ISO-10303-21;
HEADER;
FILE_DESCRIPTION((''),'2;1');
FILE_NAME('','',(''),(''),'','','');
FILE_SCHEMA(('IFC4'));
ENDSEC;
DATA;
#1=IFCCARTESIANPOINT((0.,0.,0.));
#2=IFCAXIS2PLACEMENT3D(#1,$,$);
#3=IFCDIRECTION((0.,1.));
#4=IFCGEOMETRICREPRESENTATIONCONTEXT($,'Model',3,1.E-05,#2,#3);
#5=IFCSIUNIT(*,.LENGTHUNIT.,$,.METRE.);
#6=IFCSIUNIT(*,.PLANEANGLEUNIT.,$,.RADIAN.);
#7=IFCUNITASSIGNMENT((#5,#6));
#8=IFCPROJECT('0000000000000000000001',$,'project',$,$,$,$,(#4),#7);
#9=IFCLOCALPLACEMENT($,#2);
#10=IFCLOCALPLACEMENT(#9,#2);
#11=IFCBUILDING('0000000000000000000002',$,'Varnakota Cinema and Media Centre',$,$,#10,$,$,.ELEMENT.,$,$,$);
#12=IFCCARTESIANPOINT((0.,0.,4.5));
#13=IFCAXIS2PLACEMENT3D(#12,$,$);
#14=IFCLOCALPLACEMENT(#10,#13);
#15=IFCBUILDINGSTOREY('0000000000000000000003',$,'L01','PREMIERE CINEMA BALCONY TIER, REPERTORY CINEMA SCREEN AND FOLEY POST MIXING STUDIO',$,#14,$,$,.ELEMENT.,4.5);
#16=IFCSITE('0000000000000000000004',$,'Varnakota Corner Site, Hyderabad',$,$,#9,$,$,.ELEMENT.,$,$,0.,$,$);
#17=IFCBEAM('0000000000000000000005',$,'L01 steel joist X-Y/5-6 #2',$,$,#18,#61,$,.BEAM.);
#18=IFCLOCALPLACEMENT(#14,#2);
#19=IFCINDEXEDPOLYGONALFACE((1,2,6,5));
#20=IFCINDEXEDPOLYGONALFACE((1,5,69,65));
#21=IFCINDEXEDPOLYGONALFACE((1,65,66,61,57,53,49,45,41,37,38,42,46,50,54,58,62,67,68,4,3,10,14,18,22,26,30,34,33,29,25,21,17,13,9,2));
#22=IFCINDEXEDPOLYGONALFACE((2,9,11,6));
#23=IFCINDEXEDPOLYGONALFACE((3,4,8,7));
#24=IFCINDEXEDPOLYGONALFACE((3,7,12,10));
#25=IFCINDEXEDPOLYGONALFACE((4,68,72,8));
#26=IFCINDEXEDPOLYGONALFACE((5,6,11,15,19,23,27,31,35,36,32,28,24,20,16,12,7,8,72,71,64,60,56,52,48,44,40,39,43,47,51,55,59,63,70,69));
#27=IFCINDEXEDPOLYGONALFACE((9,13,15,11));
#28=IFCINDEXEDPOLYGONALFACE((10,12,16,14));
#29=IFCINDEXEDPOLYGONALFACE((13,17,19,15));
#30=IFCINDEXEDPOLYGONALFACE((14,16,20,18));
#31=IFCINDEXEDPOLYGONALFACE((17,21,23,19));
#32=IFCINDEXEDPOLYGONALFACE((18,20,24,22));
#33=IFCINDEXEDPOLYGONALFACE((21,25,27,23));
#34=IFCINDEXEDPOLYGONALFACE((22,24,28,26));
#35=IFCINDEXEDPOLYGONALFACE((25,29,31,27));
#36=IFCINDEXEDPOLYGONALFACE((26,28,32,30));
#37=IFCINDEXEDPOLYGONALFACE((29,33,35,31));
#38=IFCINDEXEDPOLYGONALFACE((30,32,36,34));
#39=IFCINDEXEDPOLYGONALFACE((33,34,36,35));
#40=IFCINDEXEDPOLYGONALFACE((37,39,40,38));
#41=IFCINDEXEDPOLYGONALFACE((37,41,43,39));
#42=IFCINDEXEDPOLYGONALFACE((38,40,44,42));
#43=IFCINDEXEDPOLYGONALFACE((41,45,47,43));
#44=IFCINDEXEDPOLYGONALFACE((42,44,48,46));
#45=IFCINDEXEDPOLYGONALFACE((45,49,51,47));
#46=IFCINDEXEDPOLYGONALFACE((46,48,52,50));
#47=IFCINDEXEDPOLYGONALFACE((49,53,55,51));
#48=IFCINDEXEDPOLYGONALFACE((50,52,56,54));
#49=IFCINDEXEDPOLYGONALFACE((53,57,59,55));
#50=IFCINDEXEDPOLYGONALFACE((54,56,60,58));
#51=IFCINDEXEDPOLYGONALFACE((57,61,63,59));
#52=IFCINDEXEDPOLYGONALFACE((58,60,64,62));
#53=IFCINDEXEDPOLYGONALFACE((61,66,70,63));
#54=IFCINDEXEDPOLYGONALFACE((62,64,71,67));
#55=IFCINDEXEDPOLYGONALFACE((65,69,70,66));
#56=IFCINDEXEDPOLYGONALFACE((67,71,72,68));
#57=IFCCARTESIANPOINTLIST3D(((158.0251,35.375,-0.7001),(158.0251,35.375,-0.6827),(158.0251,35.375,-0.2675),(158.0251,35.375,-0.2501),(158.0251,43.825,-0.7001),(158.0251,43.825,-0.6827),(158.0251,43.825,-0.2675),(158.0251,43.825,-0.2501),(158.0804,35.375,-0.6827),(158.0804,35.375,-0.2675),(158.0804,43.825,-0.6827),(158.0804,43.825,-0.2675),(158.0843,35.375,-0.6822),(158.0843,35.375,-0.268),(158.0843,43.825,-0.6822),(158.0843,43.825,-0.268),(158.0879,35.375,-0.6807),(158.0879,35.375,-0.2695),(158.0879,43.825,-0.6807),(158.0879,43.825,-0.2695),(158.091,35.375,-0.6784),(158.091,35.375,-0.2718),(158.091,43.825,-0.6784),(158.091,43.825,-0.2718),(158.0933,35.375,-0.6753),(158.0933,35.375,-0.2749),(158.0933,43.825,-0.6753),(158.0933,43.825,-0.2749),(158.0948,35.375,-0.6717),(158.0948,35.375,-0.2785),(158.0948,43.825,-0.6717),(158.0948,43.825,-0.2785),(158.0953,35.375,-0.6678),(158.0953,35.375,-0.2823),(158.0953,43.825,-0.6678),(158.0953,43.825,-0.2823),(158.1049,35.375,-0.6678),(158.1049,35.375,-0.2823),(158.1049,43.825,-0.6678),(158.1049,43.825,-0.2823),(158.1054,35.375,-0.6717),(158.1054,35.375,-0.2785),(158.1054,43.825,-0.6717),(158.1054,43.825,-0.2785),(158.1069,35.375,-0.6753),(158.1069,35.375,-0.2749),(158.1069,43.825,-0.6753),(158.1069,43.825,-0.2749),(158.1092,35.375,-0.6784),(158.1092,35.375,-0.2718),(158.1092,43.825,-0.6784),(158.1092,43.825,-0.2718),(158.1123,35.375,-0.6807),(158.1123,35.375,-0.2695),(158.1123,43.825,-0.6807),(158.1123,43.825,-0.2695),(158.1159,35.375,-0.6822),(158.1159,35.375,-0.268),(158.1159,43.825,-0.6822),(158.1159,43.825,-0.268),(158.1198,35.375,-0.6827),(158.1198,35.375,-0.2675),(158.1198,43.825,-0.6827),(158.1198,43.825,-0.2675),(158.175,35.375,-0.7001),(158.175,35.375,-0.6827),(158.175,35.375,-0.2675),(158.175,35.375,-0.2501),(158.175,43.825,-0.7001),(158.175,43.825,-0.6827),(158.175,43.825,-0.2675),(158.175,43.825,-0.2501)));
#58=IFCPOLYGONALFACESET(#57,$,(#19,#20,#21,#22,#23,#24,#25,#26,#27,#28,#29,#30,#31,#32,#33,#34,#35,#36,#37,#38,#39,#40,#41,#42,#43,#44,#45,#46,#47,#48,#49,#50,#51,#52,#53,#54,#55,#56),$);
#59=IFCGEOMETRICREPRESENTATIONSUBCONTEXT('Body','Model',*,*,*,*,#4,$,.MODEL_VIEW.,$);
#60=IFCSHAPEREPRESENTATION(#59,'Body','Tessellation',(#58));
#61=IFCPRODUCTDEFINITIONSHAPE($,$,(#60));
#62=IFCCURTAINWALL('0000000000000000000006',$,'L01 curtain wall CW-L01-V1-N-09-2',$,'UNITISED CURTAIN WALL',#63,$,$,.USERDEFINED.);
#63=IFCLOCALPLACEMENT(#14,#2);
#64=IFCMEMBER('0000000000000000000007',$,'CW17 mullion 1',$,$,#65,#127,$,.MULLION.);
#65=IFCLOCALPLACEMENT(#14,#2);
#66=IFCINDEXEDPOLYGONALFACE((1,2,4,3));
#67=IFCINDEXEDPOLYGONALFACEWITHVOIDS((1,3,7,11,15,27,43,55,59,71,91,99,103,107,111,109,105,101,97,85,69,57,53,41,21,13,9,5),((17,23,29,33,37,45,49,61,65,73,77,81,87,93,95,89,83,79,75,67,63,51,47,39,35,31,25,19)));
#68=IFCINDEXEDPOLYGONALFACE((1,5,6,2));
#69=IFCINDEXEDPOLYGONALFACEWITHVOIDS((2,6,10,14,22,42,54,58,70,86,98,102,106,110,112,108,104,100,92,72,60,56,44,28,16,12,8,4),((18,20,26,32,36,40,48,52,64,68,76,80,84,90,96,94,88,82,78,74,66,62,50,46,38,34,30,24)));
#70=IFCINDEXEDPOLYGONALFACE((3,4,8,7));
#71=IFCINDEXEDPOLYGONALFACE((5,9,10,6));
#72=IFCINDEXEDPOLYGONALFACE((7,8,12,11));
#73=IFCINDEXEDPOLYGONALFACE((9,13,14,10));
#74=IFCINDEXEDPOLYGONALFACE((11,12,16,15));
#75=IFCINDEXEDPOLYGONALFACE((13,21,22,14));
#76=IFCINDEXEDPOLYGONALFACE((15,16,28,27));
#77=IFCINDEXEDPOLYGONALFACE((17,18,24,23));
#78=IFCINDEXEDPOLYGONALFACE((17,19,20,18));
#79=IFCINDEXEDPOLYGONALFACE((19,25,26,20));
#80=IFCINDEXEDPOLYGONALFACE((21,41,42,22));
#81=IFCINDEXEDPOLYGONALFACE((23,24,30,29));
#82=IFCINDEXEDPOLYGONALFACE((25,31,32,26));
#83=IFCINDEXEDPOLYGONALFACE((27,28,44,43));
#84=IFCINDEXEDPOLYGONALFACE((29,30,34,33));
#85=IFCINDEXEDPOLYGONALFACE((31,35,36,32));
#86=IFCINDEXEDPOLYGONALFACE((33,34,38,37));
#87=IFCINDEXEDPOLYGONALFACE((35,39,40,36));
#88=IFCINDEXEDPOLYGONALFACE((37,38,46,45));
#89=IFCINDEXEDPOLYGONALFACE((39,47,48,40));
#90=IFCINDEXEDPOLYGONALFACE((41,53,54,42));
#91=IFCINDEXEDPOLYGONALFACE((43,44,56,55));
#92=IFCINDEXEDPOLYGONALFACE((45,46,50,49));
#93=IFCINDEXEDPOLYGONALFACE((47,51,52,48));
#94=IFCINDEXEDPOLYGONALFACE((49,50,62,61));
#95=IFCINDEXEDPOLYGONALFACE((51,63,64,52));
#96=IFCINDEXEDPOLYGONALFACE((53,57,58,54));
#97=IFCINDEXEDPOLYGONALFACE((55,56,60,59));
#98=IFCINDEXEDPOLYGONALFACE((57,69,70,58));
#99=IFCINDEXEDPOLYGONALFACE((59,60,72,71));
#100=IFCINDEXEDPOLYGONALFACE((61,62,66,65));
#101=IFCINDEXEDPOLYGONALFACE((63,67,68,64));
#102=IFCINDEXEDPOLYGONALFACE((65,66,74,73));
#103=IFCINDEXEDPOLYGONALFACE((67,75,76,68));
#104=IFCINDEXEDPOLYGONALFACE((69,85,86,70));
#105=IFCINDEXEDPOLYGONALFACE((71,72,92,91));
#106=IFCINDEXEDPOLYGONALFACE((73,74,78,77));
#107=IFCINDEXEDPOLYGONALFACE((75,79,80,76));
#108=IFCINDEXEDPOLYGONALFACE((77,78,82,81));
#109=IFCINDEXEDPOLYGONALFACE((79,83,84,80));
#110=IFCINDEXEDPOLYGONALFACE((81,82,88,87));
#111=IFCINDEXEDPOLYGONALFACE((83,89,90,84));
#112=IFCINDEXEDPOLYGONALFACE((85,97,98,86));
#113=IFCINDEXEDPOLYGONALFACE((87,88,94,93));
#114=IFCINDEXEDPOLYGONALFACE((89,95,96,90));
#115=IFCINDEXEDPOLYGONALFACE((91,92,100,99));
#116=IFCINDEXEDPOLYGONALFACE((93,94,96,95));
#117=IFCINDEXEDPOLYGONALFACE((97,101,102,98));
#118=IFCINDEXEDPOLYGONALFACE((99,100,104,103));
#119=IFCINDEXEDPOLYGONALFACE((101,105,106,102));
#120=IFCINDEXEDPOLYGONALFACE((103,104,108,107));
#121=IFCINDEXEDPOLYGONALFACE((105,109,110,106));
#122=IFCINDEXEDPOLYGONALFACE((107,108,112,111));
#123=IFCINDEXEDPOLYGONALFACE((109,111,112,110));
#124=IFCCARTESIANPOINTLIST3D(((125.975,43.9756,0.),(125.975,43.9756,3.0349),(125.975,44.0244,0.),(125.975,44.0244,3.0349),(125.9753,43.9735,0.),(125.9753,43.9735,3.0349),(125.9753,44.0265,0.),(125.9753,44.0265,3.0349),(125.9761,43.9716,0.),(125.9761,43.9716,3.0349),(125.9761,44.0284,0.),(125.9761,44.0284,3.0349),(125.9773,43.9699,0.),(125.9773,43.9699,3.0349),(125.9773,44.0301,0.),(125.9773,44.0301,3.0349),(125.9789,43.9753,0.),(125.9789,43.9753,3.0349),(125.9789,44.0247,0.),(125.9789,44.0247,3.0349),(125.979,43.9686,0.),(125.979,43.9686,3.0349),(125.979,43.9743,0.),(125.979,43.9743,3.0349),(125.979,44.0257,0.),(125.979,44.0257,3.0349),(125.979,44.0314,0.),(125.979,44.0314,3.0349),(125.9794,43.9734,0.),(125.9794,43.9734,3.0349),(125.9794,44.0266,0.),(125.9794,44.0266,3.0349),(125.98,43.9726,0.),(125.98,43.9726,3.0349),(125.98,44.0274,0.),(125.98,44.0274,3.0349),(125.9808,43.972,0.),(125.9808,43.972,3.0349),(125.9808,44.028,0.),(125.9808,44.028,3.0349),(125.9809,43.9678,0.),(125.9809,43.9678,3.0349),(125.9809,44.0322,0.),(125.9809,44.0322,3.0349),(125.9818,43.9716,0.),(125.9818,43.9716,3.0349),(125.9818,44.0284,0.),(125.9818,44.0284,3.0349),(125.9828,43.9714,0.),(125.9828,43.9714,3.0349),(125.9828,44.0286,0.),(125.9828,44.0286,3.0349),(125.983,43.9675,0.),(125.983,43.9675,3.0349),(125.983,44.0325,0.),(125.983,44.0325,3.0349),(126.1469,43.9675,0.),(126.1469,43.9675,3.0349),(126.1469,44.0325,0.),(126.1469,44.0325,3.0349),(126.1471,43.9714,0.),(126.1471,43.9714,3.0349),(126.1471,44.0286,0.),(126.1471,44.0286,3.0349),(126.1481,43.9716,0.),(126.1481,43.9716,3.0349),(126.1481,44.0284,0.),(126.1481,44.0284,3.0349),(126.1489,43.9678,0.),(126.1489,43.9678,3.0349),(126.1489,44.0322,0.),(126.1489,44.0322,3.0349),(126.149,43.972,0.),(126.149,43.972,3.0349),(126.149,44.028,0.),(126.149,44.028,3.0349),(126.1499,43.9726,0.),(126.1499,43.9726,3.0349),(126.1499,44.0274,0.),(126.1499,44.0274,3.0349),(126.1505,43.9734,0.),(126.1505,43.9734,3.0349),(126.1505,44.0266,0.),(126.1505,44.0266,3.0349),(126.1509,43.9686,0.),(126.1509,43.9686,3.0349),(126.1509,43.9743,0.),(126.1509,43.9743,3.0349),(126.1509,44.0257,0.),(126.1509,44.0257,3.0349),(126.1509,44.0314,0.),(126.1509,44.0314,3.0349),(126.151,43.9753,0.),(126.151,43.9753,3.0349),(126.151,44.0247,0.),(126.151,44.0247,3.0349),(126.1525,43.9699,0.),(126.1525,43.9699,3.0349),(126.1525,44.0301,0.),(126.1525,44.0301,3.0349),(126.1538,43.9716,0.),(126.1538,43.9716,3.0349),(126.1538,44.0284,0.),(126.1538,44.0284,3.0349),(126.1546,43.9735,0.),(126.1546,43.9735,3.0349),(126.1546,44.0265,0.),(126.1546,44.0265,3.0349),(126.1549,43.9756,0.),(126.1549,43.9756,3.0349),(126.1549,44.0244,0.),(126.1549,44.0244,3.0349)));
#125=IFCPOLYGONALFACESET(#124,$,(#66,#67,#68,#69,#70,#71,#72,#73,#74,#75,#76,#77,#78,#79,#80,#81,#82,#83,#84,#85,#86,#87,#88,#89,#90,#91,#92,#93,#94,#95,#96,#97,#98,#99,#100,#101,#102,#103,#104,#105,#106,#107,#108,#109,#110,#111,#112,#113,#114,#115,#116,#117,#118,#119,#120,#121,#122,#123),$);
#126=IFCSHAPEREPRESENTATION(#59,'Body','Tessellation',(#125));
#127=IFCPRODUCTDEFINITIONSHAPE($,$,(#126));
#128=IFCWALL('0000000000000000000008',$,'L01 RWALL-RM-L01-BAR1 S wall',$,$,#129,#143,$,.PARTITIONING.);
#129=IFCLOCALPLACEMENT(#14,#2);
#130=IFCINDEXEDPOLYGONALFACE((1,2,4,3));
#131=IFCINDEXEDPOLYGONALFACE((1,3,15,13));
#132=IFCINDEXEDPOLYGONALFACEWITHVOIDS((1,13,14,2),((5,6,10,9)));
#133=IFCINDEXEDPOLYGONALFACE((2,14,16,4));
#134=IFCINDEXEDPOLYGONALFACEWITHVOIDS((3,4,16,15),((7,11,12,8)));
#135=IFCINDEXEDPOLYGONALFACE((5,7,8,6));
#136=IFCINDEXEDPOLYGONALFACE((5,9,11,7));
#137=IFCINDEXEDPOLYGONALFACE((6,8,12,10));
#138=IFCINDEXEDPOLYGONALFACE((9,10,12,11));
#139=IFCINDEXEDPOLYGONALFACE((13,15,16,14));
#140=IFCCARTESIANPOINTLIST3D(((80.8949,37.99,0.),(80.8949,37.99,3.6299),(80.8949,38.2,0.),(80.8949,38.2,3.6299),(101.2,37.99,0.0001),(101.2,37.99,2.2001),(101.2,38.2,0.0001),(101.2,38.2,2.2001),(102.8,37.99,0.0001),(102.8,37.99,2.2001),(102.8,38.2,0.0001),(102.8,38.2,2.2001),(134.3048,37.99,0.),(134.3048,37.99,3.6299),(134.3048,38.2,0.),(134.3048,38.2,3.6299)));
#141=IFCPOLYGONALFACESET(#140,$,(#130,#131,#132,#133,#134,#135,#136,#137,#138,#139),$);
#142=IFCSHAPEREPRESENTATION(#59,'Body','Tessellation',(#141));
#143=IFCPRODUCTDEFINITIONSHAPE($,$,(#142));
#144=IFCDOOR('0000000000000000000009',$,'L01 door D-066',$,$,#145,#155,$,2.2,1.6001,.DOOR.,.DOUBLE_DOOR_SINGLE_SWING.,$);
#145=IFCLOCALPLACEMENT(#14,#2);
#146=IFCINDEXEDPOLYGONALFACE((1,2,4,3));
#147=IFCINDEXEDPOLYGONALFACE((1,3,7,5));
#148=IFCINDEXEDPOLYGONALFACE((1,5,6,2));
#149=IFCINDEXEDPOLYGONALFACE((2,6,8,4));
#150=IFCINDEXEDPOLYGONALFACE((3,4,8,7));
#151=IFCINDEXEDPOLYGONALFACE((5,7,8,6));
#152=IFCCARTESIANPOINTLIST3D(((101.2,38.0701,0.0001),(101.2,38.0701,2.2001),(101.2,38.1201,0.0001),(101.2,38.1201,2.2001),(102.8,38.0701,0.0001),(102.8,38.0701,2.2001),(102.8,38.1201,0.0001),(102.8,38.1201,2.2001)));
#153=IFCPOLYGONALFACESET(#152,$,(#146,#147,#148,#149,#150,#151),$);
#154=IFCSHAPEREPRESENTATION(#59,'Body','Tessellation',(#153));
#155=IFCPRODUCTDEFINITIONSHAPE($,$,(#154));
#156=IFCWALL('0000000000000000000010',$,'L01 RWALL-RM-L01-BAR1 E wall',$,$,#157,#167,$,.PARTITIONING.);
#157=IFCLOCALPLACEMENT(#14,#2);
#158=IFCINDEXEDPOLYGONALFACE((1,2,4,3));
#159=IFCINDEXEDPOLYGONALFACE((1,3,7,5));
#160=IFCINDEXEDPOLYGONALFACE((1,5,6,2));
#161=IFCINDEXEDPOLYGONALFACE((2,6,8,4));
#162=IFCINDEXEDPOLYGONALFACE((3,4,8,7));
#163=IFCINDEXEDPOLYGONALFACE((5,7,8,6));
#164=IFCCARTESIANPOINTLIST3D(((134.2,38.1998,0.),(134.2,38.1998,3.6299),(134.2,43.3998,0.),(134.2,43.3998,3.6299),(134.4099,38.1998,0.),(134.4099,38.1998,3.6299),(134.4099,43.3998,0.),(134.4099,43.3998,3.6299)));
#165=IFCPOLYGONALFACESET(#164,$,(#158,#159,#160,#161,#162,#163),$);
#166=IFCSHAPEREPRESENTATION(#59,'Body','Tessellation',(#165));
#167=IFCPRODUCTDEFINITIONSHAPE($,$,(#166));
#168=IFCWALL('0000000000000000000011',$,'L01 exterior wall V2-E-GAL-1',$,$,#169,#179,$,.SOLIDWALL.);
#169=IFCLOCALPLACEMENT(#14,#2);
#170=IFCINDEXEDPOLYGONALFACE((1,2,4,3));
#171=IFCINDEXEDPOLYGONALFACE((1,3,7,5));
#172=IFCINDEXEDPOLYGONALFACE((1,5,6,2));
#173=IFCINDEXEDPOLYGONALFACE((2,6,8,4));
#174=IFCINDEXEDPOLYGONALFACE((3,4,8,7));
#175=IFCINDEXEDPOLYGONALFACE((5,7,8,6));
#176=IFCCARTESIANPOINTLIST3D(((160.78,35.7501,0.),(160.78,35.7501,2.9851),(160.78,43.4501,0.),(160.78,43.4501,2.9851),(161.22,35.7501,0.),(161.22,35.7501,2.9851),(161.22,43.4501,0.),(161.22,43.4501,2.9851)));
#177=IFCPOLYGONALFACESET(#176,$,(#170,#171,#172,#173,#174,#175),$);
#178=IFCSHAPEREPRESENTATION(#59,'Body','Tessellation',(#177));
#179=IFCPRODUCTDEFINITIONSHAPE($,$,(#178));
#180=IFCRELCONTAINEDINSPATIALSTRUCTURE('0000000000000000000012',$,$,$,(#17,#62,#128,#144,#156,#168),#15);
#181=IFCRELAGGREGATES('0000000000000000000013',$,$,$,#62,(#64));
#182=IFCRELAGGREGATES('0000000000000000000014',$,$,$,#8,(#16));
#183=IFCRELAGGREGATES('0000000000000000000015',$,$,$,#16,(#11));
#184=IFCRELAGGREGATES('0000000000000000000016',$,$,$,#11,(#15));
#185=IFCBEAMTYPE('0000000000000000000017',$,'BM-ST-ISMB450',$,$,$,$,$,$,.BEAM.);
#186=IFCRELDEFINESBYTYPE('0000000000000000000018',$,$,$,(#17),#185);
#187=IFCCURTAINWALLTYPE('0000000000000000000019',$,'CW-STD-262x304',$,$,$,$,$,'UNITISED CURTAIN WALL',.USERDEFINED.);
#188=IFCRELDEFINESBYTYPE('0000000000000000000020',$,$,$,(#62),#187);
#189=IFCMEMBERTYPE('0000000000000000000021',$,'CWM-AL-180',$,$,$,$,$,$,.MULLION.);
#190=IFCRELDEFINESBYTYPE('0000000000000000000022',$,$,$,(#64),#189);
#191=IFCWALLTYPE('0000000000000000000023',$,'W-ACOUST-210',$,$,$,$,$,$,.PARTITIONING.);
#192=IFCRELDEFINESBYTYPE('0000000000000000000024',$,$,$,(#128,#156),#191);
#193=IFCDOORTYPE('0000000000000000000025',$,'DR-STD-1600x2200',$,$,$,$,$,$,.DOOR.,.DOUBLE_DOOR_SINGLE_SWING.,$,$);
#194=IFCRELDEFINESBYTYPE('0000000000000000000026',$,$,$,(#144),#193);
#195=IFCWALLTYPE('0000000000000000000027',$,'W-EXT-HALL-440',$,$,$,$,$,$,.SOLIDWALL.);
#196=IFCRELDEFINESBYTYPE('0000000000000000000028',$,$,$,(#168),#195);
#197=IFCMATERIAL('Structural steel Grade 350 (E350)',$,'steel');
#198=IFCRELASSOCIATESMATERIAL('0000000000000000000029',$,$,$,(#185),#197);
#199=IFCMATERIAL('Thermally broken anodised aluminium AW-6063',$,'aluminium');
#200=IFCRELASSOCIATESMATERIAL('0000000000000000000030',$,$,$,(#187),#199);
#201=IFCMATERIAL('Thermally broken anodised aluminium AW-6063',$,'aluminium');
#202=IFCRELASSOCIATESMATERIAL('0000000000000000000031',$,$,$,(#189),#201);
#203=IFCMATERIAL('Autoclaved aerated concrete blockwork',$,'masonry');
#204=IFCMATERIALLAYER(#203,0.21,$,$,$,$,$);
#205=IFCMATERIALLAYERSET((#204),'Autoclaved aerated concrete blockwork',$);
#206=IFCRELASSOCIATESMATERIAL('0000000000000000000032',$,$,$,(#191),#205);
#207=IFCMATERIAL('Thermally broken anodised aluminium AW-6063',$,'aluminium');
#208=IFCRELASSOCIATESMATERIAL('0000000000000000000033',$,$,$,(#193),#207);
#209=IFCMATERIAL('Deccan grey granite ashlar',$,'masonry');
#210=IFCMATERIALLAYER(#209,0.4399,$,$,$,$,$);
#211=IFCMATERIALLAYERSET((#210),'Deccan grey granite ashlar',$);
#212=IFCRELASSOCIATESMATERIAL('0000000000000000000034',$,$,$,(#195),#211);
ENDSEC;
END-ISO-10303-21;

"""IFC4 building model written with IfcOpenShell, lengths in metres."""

from ifc_helpers import new_model, si_unit, direction, frame, frame_2d, origin, origin_2d, place, context, subcontext, project, spatial, rectangle, hollow_rectangle, i_section, extrude, material, layer, layer_set, material_profile, profile_set, type_object, element, fill, aggregate, save


model = new_model("IFC4")

# Units and contexts
model_context = context("Model", 3, precision=1e-05, world=origin(), true_north=direction((0.0, 1.0)))
body_context = subcontext(model_context, "Body", "Model", "MODEL_VIEW")
ifc_project = project(units=[si_unit("LENGTHUNIT", "METRE"), si_unit("PLANEANGLEUNIT", "RADIAN")], contexts=[model_context])

# Site, building, storey
site_placement = place(None, origin())
site = spatial("IfcSite", under=ifc_project, at=site_placement, Name="Varnakota Corner Site, Hyderabad", CompositionType="ELEMENT", RefElevation=0.0)
building_placement = place(site_placement, origin())
building = spatial("IfcBuilding", under=site, at=building_placement, Name="Varnakota Cinema and Media Centre", CompositionType="ELEMENT")
storey_placement = place(building_placement, frame((0.0, 0.0, 4.5)))
storey = spatial("IfcBuildingStorey", under=building, at=storey_placement, Name="L01", Description="PREMIERE CINEMA BALCONY TIER, REPERTORY CINEMA SCREEN AND FOLEY POST MIXING STUDIO", CompositionType="ELEMENT", Elevation=4.5)

# Beam
ifc_material_1 = material(Name="Structural steel Grade 350 (E350)", Category="steel")
ifc_material_profile_1 = material_profile(ifc_material_1, i_section(OverallWidth=0.1499, OverallDepth=0.45, WebThickness=0.0095, FlangeThickness=0.0173, FilletRadius=0.0149, at=origin_2d()), Name="ISMB 450")
ifc_profile_set_1 = profile_set([ifc_material_profile_1], Name="Structural steel Grade 350 (E350)")
beam_type_1 = type_object("IfcBeamType", Name="BM-ST-ISMB450", PredefinedType="BEAM", material=ifc_profile_set_1)
for number, where, z_axis, x_axis, name in (
    (1, (158.1001, 35.375, -0.4751), (0.0, 1.0, 0.0), (-1.0, 0.0, 0.0), "L01 steel joist X-Y/5-6 #2"),
):
    element("IfcBeam", number, at=place(storey_placement, frame(where, z_axis=z_axis, x_axis=x_axis)), inside=storey, type_object=beam_type_1, Name=name, PredefinedType="BEAM", context=body_context, shape_type="SweptSolid", body=[
        extrude(i_section(OverallWidth=0.1499, OverallDepth=0.45, WebThickness=0.0095, FlangeThickness=0.0173, FilletRadius=0.0149, at=origin_2d()), origin(), (0.0, 0.0, 1.0), 8.45),
    ])

# Curtain wall, member
ifc_material_2 = material(Name="Thermally broken anodised aluminium AW-6063", Category="aluminium")
curtain_wall_type = type_object("IfcCurtainWallType", Name="CW-STD-262x304", ElementType="UNITISED CURTAIN WALL", PredefinedType="USERDEFINED", material=ifc_material_2)
curtain_wall_placement = place(storey_placement, origin())
curtain_wall = element("IfcCurtainWall", 2, at=curtain_wall_placement, inside=storey, type_object=curtain_wall_type, Name="L01 curtain wall CW-L01-V1-N-09-2", ObjectType="UNITISED CURTAIN WALL", PredefinedType="USERDEFINED")
ifc_material_3 = material(Name="Thermally broken anodised aluminium AW-6063", Category="aluminium")
ifc_material_profile_2 = material_profile(ifc_material_3, hollow_rectangle(XDim=0.0649, YDim=0.1799, WallThickness=0.0039, InnerFilletRadius=0.0039, OuterFilletRadius=0.0081, at=origin_2d()), Name="AL-MULLION 180x65x4")
ifc_profile_set_2 = profile_set([ifc_material_profile_2], Name="Thermally broken anodised aluminium AW-6063")
member_type = type_object("IfcMemberType", Name="CWM-AL-180", PredefinedType="MULLION", material=ifc_profile_set_2)
member_placement = place(storey_placement, frame((126.0649, 44.0, 0.0), z_axis=(0.0, 0.0, 1.0), x_axis=(0.0, 1.0, 0.0)))
member = element("IfcMember", 3, at=member_placement, type_object=member_type, Name="CW17 mullion 1", PredefinedType="MULLION", context=body_context, shape_type="SweptSolid", body=[
    extrude(hollow_rectangle(XDim=0.0649, YDim=0.1799, WallThickness=0.0039, InnerFilletRadius=0.0039, OuterFilletRadius=0.0081, at=origin_2d()), origin(), (0.0, 0.0, 1.0), 3.0349),
])
aggregate(curtain_wall, [member])

# Wall, opening, door
ifc_material_4 = material(Name="Autoclaved aerated concrete blockwork", Category="masonry")
ifc_layer_1 = layer(ifc_material_4, 0.21)
ifc_layer_set_1 = layer_set([ifc_layer_1], Name="Autoclaved aerated concrete blockwork")
wall_type_1 = type_object("IfcWallType", Name="W-ACOUST-210", PredefinedType="PARTITIONING", material=ifc_layer_set_1)
wall_1_placement = place(storey_placement, frame((134.3049, 38.095, 0.0), z_axis=(0.0, 0.0, 1.0), x_axis=(-1.0, 0.0, 0.0)))
wall_1 = element("IfcWall", 4, at=wall_1_placement, inside=storey, type_object=wall_type_1, Name="L01 RWALL-RM-L01-BAR1 S wall", PredefinedType="PARTITIONING", context=body_context, shape_type="SweptSolid", body=[
    extrude(rectangle(XDim=53.4099, YDim=0.21, at=frame_2d((26.7051, 0.0))), origin(), (0.0, 0.0, 1.0), 3.6299),
])
opening_1_placement = place(wall_1_placement, frame((31.5049, 0.0, 0.0)))
opening_1 = element("IfcOpeningElement", 5, at=opening_1_placement, cuts=wall_1, PredefinedType="OPENING", context=body_context, shape_type="SweptSolid", body=[
    extrude(rectangle(XDim=1.6001, YDim=2.2, at=frame_2d((0.8, 1.1001))), frame((0.0, 0.105, 0.0), z_axis=(0.0, -1.0, 0.0), x_axis=(1.0, 0.0, 0.0)), (0.0, 0.0, 1.0), 0.21),
])
ifc_material_5 = material(Name="Thermally broken anodised aluminium AW-6063", Category="aluminium")
door_type_1 = type_object("IfcDoorType", Name="DR-STD-1600x2200", OperationType="DOUBLE_DOOR_SINGLE_SWING", PredefinedType="DOOR", material=ifc_material_5)
door_1_placement = place(opening_1_placement, origin())
door_1 = element("IfcDoor", 6, at=door_1_placement, inside=storey, type_object=door_type_1, Name="L01 door D-066", OperationType="DOUBLE_DOOR_SINGLE_SWING", OverallHeight=2.2, OverallWidth=1.6001, PredefinedType="DOOR", context=body_context, shape_type="SweptSolid", body=[
    extrude(rectangle(XDim=1.6001, YDim=2.2, at=frame_2d((0.8, 1.1001))), frame((0.0, 0.0249, 0.0), z_axis=(0.0, -1.0, 0.0), x_axis=(1.0, 0.0, 0.0)), (0.0, 0.0, 1.0), 0.05),
])
fill(opening_1, door_1)

# Walls
wall_2_placement = place(storey_placement, frame((134.3049, 43.3999, 0.0), z_axis=(0.0, 0.0, 1.0), x_axis=(0.0, -1.0, 0.0)))
element("IfcWall", 7, at=wall_2_placement, inside=storey, type_object=wall_type_1, Name="L01 RWALL-RM-L01-BAR1 E wall", PredefinedType="PARTITIONING", context=body_context, shape_type="SweptSolid", body=[
    extrude(rectangle(XDim=5.2, YDim=0.21, at=frame_2d((2.6001, 0.0))), origin(), (0.0, 0.0, 1.0), 3.6299),
])
ifc_material_6 = material(Name="Deccan grey granite ashlar", Category="masonry")
ifc_layer_2 = layer(ifc_material_6, 0.4399)
ifc_layer_set_2 = layer_set([ifc_layer_2], Name="Deccan grey granite ashlar")
wall_type_2 = type_object("IfcWallType", Name="W-EXT-HALL-440", PredefinedType="SOLIDWALL", material=ifc_layer_set_2)
wall_3_placement = place(storey_placement, frame((161.0, 35.75, 0.0), z_axis=(0.0, 0.0, 1.0), x_axis=(0.0, 1.0, 0.0)))
element("IfcWall", 8, at=wall_3_placement, inside=storey, type_object=wall_type_2, Name="L01 exterior wall V2-E-GAL-1", PredefinedType="SOLIDWALL", context=body_context, shape_type="SweptSolid", body=[
    extrude(rectangle(XDim=7.7, YDim=0.4399, at=frame_2d((3.8501, 0.0))), origin(), (0.0, 0.0, 1.0), 2.9851),
])

save(model, "model.ifc")
